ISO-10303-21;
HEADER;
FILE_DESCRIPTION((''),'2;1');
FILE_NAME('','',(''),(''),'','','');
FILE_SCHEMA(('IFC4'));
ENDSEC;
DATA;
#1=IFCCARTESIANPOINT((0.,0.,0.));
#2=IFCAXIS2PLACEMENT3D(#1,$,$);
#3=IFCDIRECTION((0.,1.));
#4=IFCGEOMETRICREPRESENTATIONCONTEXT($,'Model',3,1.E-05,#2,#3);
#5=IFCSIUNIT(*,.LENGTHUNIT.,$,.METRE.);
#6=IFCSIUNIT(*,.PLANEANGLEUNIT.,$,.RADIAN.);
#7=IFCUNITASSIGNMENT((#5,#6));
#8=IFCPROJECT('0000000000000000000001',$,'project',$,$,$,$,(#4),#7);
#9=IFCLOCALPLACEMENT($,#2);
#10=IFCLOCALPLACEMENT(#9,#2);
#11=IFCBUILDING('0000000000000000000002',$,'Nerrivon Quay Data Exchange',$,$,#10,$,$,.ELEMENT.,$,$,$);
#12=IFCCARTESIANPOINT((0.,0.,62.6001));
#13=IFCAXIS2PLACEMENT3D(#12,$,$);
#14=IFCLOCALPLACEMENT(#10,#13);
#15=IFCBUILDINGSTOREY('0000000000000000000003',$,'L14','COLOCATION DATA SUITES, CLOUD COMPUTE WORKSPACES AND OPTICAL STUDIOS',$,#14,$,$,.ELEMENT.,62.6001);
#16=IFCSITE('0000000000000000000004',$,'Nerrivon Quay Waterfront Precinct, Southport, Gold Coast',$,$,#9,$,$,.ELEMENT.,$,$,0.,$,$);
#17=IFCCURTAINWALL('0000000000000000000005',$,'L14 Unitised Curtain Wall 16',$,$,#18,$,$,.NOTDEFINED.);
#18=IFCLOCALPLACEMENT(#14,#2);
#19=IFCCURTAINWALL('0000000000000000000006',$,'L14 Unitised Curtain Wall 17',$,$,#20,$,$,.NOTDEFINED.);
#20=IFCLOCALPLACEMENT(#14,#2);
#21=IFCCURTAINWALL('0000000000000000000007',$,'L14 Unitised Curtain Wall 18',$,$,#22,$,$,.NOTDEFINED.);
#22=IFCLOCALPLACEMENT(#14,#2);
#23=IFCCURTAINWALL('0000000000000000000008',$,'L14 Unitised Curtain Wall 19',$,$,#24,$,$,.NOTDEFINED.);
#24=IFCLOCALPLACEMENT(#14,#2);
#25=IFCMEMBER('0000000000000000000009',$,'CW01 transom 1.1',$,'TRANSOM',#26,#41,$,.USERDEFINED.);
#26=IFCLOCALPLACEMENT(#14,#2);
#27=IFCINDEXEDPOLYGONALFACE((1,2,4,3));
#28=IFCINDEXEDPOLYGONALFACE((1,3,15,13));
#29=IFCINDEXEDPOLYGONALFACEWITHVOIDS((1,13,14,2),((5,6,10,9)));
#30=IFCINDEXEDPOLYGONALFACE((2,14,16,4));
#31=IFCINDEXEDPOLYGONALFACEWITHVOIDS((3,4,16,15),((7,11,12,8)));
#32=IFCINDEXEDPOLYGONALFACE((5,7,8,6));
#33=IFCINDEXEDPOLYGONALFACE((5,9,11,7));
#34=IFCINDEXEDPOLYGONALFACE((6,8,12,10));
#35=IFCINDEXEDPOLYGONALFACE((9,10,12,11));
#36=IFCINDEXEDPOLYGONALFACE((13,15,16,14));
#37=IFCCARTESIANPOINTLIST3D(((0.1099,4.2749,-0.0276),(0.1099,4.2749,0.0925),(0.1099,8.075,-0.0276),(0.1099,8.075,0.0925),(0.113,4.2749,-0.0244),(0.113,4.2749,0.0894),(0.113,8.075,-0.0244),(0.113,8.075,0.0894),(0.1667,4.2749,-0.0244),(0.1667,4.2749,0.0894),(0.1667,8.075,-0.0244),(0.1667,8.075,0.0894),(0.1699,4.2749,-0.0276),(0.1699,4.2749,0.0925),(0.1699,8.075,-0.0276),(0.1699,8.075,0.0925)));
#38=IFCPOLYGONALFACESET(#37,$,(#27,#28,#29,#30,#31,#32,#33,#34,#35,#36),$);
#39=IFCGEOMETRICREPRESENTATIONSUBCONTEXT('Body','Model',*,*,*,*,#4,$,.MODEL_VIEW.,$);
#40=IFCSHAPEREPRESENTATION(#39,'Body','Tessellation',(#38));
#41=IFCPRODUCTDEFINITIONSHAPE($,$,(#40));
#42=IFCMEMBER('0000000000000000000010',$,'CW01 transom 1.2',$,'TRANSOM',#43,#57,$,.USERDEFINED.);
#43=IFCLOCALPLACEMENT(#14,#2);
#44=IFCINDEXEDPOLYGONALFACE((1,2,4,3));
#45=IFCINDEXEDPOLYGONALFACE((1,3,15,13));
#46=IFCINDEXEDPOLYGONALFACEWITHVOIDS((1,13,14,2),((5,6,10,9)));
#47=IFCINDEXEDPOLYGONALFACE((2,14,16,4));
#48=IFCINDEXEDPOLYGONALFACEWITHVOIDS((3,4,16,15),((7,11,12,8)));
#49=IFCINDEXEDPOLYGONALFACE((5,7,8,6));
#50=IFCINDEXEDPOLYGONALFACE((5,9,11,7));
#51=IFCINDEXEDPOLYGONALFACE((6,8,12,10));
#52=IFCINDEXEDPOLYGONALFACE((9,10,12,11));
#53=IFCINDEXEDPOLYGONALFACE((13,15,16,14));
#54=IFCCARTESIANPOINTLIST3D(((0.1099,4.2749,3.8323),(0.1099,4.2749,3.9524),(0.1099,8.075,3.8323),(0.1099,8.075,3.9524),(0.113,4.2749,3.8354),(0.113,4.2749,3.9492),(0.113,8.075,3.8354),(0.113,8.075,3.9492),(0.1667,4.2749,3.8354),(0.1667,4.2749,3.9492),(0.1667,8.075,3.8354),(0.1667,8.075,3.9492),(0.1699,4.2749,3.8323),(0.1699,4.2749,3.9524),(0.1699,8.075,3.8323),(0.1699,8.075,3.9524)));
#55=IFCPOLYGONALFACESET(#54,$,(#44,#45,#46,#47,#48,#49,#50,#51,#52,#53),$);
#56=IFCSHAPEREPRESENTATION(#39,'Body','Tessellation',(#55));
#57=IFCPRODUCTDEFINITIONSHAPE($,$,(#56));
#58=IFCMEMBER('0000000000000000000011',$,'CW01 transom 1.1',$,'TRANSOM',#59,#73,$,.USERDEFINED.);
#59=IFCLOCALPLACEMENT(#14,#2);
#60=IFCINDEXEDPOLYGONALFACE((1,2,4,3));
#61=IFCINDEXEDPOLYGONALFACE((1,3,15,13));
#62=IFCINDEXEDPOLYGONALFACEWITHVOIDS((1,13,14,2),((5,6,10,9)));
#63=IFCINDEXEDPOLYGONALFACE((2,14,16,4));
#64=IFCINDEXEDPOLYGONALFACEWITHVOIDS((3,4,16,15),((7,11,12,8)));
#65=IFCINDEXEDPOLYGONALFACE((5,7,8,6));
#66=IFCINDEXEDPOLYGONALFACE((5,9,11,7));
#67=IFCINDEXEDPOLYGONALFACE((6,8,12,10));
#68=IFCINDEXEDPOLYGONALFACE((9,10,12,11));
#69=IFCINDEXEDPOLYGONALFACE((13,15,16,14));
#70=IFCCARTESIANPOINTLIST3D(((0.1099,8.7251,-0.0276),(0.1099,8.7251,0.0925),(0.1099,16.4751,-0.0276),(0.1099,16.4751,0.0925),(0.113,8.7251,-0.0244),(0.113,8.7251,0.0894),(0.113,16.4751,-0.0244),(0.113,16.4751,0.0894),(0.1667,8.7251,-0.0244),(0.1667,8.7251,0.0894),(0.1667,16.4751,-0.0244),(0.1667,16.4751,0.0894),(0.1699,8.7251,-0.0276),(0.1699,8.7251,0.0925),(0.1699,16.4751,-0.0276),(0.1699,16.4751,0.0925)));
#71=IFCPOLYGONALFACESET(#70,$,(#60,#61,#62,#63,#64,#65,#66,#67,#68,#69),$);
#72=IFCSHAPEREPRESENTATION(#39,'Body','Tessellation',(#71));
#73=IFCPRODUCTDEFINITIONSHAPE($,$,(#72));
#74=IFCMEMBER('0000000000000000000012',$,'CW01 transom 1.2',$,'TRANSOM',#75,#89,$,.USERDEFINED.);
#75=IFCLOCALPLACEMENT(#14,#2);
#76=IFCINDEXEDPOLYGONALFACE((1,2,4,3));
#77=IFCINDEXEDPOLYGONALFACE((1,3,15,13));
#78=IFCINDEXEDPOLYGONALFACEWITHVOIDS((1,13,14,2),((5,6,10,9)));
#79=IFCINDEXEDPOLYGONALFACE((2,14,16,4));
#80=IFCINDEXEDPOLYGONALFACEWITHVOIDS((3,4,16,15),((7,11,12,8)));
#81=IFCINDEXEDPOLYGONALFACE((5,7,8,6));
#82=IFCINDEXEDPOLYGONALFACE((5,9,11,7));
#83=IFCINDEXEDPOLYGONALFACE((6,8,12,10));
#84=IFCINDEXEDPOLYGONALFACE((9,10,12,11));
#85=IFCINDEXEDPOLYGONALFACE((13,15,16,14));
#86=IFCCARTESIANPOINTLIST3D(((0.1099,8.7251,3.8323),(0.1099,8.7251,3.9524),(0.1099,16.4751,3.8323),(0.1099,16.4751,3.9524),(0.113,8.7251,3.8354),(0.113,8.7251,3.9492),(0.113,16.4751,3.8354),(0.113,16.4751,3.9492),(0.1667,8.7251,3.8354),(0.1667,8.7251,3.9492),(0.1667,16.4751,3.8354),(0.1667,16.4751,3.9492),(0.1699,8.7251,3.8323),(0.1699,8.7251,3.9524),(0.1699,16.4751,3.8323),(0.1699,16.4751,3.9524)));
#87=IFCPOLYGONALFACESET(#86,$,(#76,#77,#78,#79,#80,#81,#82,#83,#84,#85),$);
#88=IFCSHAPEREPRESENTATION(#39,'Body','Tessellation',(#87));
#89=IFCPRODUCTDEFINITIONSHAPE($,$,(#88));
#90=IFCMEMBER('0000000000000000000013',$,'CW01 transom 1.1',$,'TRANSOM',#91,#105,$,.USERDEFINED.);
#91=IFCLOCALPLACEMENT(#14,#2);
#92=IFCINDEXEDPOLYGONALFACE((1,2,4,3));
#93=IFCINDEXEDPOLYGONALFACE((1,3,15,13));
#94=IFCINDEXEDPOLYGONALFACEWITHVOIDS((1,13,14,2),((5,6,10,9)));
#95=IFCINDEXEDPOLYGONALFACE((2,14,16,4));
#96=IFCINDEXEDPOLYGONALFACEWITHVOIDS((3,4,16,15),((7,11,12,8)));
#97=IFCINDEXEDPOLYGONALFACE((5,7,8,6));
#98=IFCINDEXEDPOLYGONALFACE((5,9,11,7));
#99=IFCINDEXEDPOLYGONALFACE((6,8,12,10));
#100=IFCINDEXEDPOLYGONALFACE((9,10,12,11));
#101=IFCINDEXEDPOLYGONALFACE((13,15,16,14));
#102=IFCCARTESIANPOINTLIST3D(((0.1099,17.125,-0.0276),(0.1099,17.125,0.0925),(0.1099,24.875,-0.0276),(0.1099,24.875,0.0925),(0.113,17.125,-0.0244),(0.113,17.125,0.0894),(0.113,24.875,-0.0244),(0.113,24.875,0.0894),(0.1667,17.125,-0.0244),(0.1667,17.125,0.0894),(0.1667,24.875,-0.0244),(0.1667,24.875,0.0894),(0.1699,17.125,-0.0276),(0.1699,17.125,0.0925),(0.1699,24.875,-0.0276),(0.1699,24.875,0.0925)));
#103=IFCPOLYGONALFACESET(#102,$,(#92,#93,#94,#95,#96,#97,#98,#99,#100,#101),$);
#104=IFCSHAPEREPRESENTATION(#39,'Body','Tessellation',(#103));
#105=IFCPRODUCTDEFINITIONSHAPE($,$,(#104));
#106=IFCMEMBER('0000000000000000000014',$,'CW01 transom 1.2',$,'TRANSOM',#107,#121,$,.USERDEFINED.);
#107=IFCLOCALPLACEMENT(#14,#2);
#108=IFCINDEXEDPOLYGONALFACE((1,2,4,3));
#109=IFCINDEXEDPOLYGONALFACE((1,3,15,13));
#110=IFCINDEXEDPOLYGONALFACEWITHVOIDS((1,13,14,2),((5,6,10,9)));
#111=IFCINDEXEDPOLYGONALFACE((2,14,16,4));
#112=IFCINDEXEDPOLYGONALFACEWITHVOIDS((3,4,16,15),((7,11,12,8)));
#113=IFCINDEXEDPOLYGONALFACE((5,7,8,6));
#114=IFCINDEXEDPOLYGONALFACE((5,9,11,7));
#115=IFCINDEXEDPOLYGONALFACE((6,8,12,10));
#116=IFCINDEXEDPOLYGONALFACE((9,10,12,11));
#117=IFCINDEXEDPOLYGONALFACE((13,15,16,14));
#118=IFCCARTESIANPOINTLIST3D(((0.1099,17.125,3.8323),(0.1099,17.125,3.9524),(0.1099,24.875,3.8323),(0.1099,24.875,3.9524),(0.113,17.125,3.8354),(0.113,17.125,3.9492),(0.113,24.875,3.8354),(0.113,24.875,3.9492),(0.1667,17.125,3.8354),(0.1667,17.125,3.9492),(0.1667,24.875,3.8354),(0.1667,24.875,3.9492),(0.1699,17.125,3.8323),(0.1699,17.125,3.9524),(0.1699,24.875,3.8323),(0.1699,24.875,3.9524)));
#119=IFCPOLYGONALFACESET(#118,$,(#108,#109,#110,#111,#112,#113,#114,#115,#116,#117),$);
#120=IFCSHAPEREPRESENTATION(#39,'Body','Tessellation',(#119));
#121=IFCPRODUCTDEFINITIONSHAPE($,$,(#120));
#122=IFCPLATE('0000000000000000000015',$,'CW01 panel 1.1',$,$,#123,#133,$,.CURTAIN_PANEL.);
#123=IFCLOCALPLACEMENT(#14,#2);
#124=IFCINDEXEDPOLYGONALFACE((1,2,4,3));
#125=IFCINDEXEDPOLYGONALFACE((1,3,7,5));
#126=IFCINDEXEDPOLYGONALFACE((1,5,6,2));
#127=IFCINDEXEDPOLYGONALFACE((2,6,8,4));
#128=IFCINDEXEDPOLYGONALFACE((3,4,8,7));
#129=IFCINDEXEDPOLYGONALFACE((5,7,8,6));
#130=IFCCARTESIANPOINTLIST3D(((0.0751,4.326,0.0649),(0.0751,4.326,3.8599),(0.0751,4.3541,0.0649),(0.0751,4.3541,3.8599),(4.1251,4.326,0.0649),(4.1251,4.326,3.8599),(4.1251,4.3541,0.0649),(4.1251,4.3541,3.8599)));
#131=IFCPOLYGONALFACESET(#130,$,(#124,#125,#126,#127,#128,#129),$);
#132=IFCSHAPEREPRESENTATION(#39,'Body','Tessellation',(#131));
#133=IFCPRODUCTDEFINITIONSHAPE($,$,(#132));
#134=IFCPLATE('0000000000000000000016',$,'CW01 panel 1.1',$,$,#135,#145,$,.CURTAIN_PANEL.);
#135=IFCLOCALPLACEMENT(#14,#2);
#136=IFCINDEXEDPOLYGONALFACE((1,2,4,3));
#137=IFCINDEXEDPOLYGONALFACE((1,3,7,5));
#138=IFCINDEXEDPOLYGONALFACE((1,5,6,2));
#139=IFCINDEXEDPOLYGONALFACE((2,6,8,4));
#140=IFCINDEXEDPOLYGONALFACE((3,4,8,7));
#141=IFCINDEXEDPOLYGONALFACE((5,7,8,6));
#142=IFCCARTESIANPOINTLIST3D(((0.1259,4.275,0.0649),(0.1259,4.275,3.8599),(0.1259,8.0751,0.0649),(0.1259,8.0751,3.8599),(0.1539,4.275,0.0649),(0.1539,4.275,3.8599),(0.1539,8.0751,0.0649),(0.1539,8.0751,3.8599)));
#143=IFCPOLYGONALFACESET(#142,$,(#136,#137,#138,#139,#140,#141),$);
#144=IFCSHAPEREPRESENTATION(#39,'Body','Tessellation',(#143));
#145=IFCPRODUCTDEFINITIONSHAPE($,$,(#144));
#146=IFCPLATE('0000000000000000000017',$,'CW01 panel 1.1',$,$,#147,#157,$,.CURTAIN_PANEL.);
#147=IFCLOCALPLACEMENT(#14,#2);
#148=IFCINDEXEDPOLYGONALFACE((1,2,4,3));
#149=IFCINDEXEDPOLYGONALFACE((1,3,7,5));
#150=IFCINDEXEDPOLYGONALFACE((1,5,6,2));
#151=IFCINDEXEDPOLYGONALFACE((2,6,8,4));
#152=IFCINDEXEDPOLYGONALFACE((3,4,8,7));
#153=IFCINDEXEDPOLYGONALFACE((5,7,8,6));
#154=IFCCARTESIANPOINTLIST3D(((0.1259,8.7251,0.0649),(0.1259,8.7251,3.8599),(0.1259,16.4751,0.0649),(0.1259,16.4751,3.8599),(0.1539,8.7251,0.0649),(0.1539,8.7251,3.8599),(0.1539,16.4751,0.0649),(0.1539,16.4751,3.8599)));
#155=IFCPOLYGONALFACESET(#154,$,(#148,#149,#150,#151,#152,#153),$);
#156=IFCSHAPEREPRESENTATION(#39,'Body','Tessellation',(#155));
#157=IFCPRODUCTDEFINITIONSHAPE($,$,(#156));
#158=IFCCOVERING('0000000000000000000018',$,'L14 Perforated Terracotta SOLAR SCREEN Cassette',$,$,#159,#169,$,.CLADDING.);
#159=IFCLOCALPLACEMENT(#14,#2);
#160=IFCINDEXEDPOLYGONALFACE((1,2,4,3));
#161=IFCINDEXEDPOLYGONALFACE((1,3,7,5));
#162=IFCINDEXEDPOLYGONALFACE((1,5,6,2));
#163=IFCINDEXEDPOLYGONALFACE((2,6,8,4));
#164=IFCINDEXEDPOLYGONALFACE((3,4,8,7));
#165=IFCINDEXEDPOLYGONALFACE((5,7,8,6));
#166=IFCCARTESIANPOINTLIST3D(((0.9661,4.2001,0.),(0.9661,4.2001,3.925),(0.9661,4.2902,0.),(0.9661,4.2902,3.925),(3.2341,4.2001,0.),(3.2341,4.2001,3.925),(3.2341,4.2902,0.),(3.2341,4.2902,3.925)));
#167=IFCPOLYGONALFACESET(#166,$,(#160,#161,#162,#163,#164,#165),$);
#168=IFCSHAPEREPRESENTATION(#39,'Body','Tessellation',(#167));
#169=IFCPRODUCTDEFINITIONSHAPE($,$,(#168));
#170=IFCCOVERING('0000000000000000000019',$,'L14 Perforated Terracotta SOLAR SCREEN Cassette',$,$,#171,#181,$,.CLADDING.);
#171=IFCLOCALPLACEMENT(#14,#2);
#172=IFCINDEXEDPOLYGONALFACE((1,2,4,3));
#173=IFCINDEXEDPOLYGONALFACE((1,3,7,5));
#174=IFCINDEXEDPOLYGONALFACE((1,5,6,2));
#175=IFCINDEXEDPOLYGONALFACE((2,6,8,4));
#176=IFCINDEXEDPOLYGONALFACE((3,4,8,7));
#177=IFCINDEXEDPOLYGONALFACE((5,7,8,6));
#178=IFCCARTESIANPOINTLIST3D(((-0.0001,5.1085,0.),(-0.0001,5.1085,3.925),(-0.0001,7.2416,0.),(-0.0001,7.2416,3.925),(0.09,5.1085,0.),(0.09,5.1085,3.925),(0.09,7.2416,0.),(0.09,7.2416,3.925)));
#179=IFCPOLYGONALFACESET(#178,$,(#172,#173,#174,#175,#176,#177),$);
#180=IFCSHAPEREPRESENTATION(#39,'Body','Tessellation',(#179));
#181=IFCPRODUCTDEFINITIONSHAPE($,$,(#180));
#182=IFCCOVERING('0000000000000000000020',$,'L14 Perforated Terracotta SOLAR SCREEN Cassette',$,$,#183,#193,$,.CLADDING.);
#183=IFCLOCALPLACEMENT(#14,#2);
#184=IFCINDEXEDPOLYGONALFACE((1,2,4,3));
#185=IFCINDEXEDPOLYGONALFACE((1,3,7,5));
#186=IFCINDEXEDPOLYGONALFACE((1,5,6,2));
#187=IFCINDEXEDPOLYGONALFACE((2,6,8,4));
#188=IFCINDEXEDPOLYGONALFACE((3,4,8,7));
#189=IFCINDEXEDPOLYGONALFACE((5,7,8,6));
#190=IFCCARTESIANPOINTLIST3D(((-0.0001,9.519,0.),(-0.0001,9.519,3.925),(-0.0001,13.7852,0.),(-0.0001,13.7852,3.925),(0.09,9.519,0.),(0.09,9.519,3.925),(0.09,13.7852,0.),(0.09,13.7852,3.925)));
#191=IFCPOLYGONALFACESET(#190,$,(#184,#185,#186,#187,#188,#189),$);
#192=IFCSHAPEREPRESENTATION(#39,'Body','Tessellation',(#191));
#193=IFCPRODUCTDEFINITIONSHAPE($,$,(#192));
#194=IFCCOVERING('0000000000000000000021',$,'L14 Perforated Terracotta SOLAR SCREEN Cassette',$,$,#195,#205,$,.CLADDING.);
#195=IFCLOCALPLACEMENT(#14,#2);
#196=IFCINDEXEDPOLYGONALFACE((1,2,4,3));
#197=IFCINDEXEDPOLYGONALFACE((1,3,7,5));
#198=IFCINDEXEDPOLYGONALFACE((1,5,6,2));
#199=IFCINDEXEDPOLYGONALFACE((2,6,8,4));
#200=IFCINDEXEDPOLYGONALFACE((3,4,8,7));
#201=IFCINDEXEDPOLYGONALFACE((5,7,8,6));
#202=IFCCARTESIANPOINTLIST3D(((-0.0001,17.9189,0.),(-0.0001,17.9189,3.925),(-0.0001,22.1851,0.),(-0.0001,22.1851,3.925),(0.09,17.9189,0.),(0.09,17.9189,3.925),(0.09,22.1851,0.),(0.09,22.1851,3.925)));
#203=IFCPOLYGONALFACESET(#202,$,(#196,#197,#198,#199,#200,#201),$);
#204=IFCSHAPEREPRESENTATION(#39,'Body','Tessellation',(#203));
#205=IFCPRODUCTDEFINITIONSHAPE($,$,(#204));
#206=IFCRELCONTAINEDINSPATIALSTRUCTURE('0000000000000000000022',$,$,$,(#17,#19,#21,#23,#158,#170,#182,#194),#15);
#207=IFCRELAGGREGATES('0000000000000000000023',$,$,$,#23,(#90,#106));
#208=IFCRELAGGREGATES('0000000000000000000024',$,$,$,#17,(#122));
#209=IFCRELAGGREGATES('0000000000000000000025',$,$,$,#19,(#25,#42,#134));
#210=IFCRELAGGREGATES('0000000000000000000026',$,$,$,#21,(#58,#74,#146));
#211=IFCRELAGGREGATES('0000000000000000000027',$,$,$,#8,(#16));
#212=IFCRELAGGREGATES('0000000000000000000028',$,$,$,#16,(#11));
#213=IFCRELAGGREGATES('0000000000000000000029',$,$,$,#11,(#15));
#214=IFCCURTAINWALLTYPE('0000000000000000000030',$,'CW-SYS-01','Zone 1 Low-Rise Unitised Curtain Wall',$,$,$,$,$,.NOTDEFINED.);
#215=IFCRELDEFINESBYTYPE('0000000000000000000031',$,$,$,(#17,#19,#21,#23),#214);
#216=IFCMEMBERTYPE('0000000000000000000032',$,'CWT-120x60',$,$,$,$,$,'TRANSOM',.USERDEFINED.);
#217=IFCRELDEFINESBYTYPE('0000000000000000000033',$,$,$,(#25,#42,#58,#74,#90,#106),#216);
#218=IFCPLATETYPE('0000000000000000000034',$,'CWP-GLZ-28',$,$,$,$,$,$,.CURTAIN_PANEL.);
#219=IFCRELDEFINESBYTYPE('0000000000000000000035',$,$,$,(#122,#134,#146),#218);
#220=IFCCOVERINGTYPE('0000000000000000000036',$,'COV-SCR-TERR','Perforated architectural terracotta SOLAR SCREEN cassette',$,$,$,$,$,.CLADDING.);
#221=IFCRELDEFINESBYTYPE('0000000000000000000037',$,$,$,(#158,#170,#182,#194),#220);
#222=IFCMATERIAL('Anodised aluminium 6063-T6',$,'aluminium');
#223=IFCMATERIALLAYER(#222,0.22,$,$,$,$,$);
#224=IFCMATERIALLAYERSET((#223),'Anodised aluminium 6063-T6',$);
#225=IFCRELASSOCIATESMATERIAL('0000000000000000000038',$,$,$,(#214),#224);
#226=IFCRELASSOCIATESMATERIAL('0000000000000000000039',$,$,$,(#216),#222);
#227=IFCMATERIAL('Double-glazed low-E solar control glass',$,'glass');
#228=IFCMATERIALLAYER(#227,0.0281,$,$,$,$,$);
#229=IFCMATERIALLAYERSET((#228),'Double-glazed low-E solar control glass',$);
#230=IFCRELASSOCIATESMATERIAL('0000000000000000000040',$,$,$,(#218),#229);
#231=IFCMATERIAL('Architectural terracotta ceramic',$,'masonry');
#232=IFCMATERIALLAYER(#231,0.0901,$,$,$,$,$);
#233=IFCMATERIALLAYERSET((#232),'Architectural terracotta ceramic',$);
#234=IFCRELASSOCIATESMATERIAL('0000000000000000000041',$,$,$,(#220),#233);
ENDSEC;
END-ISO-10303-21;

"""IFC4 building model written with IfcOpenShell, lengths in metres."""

from ifc_helpers import new_model, si_unit, direction, frame, origin, origin_2d, place, context, subcontext, project, spatial, rectangle, hollow_rectangle, extrude, material, layer, layer_set, material_profile, profile_set, type_object, element, aggregate, save


model = new_model("IFC4")

# Units and contexts
model_context = context("Model", 3, precision=1e-05, world=origin(), true_north=direction((0.0, 1.0)))
body_context = subcontext(model_context, "Body", "Model", "MODEL_VIEW")
ifc_project = project(units=[si_unit("LENGTHUNIT", "METRE"), si_unit("PLANEANGLEUNIT", "RADIAN")], contexts=[model_context])

# Site, building, storey
site_placement = place(None, origin())
site = spatial("IfcSite", under=ifc_project, at=site_placement, Name="Nerrivon Quay Waterfront Precinct, Southport, Gold Coast", CompositionType="ELEMENT", RefElevation=0.0)
building_placement = place(site_placement, origin())
building = spatial("IfcBuilding", under=site, at=building_placement, Name="Nerrivon Quay Data Exchange", CompositionType="ELEMENT")
storey_placement = place(building_placement, frame((0.0, 0.0, 62.6001)))
storey = spatial("IfcBuildingStorey", under=building, at=storey_placement, Name="L14", Description="COLOCATION DATA SUITES, CLOUD COMPUTE WORKSPACES AND OPTICAL STUDIOS", CompositionType="ELEMENT", Elevation=62.6001)

# Curtain wall
ifc_material_1 = material(Name="Anodised aluminium 6063-T6", Category="aluminium")
ifc_layer_1 = layer(ifc_material_1, 0.22)
ifc_layer_set_1 = layer_set([ifc_layer_1], Name="Anodised aluminium 6063-T6")
curtain_wall_type = type_object("IfcCurtainWallType", Name="CW-SYS-01", Description="Zone 1 Low-Rise Unitised Curtain Wall", PredefinedType="NOTDEFINED", material=ifc_layer_set_1)
curtain_wall_1_placement = place(storey_placement, origin())
curtain_wall_1 = element("IfcCurtainWall", 1, at=curtain_wall_1_placement, inside=storey, type_object=curtain_wall_type, Name="L14 Unitised Curtain Wall 16", PredefinedType="NOTDEFINED")

# Curtain walls
curtain_wall_2_placement = place(storey_placement, origin())
curtain_wall_2 = element("IfcCurtainWall", 2, at=curtain_wall_2_placement, inside=storey, type_object=curtain_wall_type, Name="L14 Unitised Curtain Wall 17", PredefinedType="NOTDEFINED")
curtain_wall_3_placement = place(storey_placement, origin())
curtain_wall_3 = element("IfcCurtainWall", 3, at=curtain_wall_3_placement, inside=storey, type_object=curtain_wall_type, Name="L14 Unitised Curtain Wall 18", PredefinedType="NOTDEFINED")

# Curtain wall
curtain_wall_4_placement = place(storey_placement, origin())
curtain_wall_4 = element("IfcCurtainWall", 4, at=curtain_wall_4_placement, inside=storey, type_object=curtain_wall_type, Name="L14 Unitised Curtain Wall 19", PredefinedType="NOTDEFINED")

# Members
ifc_material_profile_1 = material_profile(ifc_material_1, hollow_rectangle(XDim=0.0601, YDim=0.1201, WallThickness=0.0032, at=origin_2d()), Name="ALU-TRAN-120x60")
ifc_profile_set_1 = profile_set([ifc_material_profile_1], Name="Anodised aluminium 6063-T6")
member_type_1 = type_object("IfcMemberType", Name="CWT-120x60", ElementType="TRANSOM", PredefinedType="USERDEFINED", material=ifc_profile_set_1)
member_1_placement = place(storey_placement, frame((0.1399, 4.2749, 0.0325), z_axis=(0.0, 1.0, 0.0), x_axis=(-1.0, 0.0, 0.0)))
member_1 = element("IfcMember", 5, at=member_1_placement, type_object=member_type_1, Name="CW01 transom 1.1", ObjectType="TRANSOM", PredefinedType="USERDEFINED", context=body_context, shape_type="SweptSolid", body=[
    extrude(hollow_rectangle(XDim=0.0601, YDim=0.1201, WallThickness=0.0032, at=origin_2d()), origin(), (0.0, 0.0, 1.0), 3.8),
])
member_2_placement = place(storey_placement, frame((0.1399, 4.2749, 3.8923), z_axis=(0.0, 1.0, 0.0), x_axis=(-1.0, 0.0, 0.0)))
member_2 = element("IfcMember", 6, at=member_2_placement, type_object=member_type_1, Name="CW01 transom 1.2", ObjectType="TRANSOM", PredefinedType="USERDEFINED", context=body_context, shape_type="SweptSolid", body=[
    extrude(hollow_rectangle(XDim=0.0601, YDim=0.1201, WallThickness=0.0032, at=origin_2d()), origin(), (0.0, 0.0, 1.0), 3.8),
])
member_3_placement = place(storey_placement, frame((0.1399, 8.7251, 0.0325), z_axis=(0.0, 1.0, 0.0), x_axis=(-1.0, 0.0, 0.0)))
member_3 = element("IfcMember", 7, at=member_3_placement, type_object=member_type_1, Name="CW01 transom 1.1", ObjectType="TRANSOM", PredefinedType="USERDEFINED", context=body_context, shape_type="SweptSolid", body=[
    extrude(hollow_rectangle(XDim=0.0601, YDim=0.1201, WallThickness=0.0032, at=origin_2d()), origin(), (0.0, 0.0, 1.0), 7.75),
])
member_4_placement = place(storey_placement, frame((0.1399, 8.7251, 3.8923), z_axis=(0.0, 1.0, 0.0), x_axis=(-1.0, 0.0, 0.0)))
member_4 = element("IfcMember", 8, at=member_4_placement, type_object=member_type_1, Name="CW01 transom 1.2", ObjectType="TRANSOM", PredefinedType="USERDEFINED", context=body_context, shape_type="SweptSolid", body=[
    extrude(hollow_rectangle(XDim=0.0601, YDim=0.1201, WallThickness=0.0032, at=origin_2d()), origin(), (0.0, 0.0, 1.0), 7.75),
])
member_5_placement = place(storey_placement, frame((0.1399, 17.125, 0.0325), z_axis=(0.0, 1.0, 0.0), x_axis=(-1.0, 0.0, 0.0)))
member_5 = element("IfcMember", 9, at=member_5_placement, type_object=member_type_1, Name="CW01 transom 1.1", ObjectType="TRANSOM", PredefinedType="USERDEFINED", context=body_context, shape_type="SweptSolid", body=[
    extrude(hollow_rectangle(XDim=0.0601, YDim=0.1201, WallThickness=0.0032, at=origin_2d()), origin(), (0.0, 0.0, 1.0), 7.75),
])
member_6_placement = place(storey_placement, frame((0.1399, 17.125, 3.8923), z_axis=(0.0, 1.0, 0.0), x_axis=(-1.0, 0.0, 0.0)))
member_6 = element("IfcMember", 10, at=member_6_placement, type_object=member_type_1, Name="CW01 transom 1.2", ObjectType="TRANSOM", PredefinedType="USERDEFINED", context=body_context, shape_type="SweptSolid", body=[
    extrude(hollow_rectangle(XDim=0.0601, YDim=0.1201, WallThickness=0.0032, at=origin_2d()), origin(), (0.0, 0.0, 1.0), 7.75),
])
aggregate(curtain_wall_4, [member_5, member_6])

# Plates
ifc_material_2 = material(Name="Double-glazed low-E solar control glass", Category="glass")
ifc_layer_2 = layer(ifc_material_2, 0.0281)
ifc_layer_set_2 = layer_set([ifc_layer_2], Name="Double-glazed low-E solar control glass")
plate_type = type_object("IfcPlateType", Name="CWP-GLZ-28", PredefinedType="CURTAIN_PANEL", material=ifc_layer_set_2)
plate_1_placement = place(storey_placement, frame((2.1001, 4.3401, 0.0649), z_axis=(0.0, 0.0, 1.0), x_axis=(-1.0, 0.0, 0.0)))
plate_1 = element("IfcPlate", 11, at=plate_1_placement, type_object=plate_type, Name="CW01 panel 1.1", PredefinedType="CURTAIN_PANEL", context=body_context, shape_type="SweptSolid", body=[
    extrude(rectangle(XDim=4.05, YDim=0.0281, at=origin_2d()), origin(), (0.0, 0.0, 1.0), 3.7949),
])
aggregate(curtain_wall_1, [plate_1])
plate_2_placement = place(storey_placement, frame((0.1399, 6.175, 0.0649), z_axis=(0.0, 0.0, 1.0), x_axis=(0.0, 1.0, 0.0)))
plate_2 = element("IfcPlate", 12, at=plate_2_placement, type_object=plate_type, Name="CW01 panel 1.1", PredefinedType="CURTAIN_PANEL", context=body_context, shape_type="SweptSolid", body=[
    extrude(rectangle(XDim=3.8, YDim=0.0281, at=origin_2d()), origin(), (0.0, 0.0, 1.0), 3.7949),
])
aggregate(curtain_wall_2, [member_1, member_2, plate_2])
plate_3_placement = place(storey_placement, frame((0.1399, 12.6001, 0.0649), z_axis=(0.0, 0.0, 1.0), x_axis=(0.0, 1.0, 0.0)))
plate_3 = element("IfcPlate", 13, at=plate_3_placement, type_object=plate_type, Name="CW01 panel 1.1", PredefinedType="CURTAIN_PANEL", context=body_context, shape_type="SweptSolid", body=[
    extrude(rectangle(XDim=7.75, YDim=0.0281, at=origin_2d()), origin(), (0.0, 0.0, 1.0), 3.7949),
])
aggregate(curtain_wall_3, [member_3, member_4, plate_3])

# Coverings
ifc_material_3 = material(Name="Architectural terracotta ceramic", Category="masonry")
ifc_layer_3 = layer(ifc_material_3, 0.0901)
ifc_layer_set_3 = layer_set([ifc_layer_3], Name="Architectural terracotta ceramic")
covering_type = type_object("IfcCoveringType", Name="COV-SCR-TERR", Description="Perforated architectural terracotta SOLAR SCREEN cassette", PredefinedType="CLADDING", material=ifc_layer_set_3)
covering_1_placement = place(storey_placement, frame((2.1001, 4.2451, 0.0), z_axis=(0.0, 0.0, 1.0), x_axis=(-1.0, 0.0, 0.0)))
element("IfcCovering", 14, at=covering_1_placement, inside=storey, type_object=covering_type, Name="L14 Perforated Terracotta SOLAR SCREEN Cassette", PredefinedType="CLADDING", context=body_context, shape_type="SweptSolid", body=[
    extrude(rectangle(XDim=2.2681, YDim=0.0901, at=origin_2d()), origin(), (0.0, 0.0, 1.0), 3.925),
])
covering_2_placement = place(storey_placement, frame((0.0449, 6.175, 0.0), z_axis=(0.0, 0.0, 1.0), x_axis=(0.0, 1.0, 0.0)))
element("IfcCovering", 15, at=covering_2_placement, inside=storey, type_object=covering_type, Name="L14 Perforated Terracotta SOLAR SCREEN Cassette", PredefinedType="CLADDING", context=body_context, shape_type="SweptSolid", body=[
    extrude(rectangle(XDim=2.1331, YDim=0.0901, at=origin_2d()), origin(), (0.0, 0.0, 1.0), 3.925),
])
for number, where, z_axis, x_axis, name in (
    (16, (0.0449, 11.6521, 0.0), (0.0, 0.0, 1.0), (0.0, 1.0, 0.0), "L14 Perforated Terracotta SOLAR SCREEN Cassette"),
    (17, (0.0449, 20.052, 0.0), (0.0, 0.0, 1.0), (0.0, 1.0, 0.0), "L14 Perforated Terracotta SOLAR SCREEN Cassette"),
):
    element("IfcCovering", number, at=place(storey_placement, frame(where, z_axis=z_axis, x_axis=x_axis)), inside=storey, type_object=covering_type, Name=name, PredefinedType="CLADDING", context=body_context, shape_type="SweptSolid", body=[
        extrude(rectangle(XDim=4.2661, YDim=0.0901, at=origin_2d()), origin(), (0.0, 0.0, 1.0), 3.925),
    ])

save(model, "model.ifc")
